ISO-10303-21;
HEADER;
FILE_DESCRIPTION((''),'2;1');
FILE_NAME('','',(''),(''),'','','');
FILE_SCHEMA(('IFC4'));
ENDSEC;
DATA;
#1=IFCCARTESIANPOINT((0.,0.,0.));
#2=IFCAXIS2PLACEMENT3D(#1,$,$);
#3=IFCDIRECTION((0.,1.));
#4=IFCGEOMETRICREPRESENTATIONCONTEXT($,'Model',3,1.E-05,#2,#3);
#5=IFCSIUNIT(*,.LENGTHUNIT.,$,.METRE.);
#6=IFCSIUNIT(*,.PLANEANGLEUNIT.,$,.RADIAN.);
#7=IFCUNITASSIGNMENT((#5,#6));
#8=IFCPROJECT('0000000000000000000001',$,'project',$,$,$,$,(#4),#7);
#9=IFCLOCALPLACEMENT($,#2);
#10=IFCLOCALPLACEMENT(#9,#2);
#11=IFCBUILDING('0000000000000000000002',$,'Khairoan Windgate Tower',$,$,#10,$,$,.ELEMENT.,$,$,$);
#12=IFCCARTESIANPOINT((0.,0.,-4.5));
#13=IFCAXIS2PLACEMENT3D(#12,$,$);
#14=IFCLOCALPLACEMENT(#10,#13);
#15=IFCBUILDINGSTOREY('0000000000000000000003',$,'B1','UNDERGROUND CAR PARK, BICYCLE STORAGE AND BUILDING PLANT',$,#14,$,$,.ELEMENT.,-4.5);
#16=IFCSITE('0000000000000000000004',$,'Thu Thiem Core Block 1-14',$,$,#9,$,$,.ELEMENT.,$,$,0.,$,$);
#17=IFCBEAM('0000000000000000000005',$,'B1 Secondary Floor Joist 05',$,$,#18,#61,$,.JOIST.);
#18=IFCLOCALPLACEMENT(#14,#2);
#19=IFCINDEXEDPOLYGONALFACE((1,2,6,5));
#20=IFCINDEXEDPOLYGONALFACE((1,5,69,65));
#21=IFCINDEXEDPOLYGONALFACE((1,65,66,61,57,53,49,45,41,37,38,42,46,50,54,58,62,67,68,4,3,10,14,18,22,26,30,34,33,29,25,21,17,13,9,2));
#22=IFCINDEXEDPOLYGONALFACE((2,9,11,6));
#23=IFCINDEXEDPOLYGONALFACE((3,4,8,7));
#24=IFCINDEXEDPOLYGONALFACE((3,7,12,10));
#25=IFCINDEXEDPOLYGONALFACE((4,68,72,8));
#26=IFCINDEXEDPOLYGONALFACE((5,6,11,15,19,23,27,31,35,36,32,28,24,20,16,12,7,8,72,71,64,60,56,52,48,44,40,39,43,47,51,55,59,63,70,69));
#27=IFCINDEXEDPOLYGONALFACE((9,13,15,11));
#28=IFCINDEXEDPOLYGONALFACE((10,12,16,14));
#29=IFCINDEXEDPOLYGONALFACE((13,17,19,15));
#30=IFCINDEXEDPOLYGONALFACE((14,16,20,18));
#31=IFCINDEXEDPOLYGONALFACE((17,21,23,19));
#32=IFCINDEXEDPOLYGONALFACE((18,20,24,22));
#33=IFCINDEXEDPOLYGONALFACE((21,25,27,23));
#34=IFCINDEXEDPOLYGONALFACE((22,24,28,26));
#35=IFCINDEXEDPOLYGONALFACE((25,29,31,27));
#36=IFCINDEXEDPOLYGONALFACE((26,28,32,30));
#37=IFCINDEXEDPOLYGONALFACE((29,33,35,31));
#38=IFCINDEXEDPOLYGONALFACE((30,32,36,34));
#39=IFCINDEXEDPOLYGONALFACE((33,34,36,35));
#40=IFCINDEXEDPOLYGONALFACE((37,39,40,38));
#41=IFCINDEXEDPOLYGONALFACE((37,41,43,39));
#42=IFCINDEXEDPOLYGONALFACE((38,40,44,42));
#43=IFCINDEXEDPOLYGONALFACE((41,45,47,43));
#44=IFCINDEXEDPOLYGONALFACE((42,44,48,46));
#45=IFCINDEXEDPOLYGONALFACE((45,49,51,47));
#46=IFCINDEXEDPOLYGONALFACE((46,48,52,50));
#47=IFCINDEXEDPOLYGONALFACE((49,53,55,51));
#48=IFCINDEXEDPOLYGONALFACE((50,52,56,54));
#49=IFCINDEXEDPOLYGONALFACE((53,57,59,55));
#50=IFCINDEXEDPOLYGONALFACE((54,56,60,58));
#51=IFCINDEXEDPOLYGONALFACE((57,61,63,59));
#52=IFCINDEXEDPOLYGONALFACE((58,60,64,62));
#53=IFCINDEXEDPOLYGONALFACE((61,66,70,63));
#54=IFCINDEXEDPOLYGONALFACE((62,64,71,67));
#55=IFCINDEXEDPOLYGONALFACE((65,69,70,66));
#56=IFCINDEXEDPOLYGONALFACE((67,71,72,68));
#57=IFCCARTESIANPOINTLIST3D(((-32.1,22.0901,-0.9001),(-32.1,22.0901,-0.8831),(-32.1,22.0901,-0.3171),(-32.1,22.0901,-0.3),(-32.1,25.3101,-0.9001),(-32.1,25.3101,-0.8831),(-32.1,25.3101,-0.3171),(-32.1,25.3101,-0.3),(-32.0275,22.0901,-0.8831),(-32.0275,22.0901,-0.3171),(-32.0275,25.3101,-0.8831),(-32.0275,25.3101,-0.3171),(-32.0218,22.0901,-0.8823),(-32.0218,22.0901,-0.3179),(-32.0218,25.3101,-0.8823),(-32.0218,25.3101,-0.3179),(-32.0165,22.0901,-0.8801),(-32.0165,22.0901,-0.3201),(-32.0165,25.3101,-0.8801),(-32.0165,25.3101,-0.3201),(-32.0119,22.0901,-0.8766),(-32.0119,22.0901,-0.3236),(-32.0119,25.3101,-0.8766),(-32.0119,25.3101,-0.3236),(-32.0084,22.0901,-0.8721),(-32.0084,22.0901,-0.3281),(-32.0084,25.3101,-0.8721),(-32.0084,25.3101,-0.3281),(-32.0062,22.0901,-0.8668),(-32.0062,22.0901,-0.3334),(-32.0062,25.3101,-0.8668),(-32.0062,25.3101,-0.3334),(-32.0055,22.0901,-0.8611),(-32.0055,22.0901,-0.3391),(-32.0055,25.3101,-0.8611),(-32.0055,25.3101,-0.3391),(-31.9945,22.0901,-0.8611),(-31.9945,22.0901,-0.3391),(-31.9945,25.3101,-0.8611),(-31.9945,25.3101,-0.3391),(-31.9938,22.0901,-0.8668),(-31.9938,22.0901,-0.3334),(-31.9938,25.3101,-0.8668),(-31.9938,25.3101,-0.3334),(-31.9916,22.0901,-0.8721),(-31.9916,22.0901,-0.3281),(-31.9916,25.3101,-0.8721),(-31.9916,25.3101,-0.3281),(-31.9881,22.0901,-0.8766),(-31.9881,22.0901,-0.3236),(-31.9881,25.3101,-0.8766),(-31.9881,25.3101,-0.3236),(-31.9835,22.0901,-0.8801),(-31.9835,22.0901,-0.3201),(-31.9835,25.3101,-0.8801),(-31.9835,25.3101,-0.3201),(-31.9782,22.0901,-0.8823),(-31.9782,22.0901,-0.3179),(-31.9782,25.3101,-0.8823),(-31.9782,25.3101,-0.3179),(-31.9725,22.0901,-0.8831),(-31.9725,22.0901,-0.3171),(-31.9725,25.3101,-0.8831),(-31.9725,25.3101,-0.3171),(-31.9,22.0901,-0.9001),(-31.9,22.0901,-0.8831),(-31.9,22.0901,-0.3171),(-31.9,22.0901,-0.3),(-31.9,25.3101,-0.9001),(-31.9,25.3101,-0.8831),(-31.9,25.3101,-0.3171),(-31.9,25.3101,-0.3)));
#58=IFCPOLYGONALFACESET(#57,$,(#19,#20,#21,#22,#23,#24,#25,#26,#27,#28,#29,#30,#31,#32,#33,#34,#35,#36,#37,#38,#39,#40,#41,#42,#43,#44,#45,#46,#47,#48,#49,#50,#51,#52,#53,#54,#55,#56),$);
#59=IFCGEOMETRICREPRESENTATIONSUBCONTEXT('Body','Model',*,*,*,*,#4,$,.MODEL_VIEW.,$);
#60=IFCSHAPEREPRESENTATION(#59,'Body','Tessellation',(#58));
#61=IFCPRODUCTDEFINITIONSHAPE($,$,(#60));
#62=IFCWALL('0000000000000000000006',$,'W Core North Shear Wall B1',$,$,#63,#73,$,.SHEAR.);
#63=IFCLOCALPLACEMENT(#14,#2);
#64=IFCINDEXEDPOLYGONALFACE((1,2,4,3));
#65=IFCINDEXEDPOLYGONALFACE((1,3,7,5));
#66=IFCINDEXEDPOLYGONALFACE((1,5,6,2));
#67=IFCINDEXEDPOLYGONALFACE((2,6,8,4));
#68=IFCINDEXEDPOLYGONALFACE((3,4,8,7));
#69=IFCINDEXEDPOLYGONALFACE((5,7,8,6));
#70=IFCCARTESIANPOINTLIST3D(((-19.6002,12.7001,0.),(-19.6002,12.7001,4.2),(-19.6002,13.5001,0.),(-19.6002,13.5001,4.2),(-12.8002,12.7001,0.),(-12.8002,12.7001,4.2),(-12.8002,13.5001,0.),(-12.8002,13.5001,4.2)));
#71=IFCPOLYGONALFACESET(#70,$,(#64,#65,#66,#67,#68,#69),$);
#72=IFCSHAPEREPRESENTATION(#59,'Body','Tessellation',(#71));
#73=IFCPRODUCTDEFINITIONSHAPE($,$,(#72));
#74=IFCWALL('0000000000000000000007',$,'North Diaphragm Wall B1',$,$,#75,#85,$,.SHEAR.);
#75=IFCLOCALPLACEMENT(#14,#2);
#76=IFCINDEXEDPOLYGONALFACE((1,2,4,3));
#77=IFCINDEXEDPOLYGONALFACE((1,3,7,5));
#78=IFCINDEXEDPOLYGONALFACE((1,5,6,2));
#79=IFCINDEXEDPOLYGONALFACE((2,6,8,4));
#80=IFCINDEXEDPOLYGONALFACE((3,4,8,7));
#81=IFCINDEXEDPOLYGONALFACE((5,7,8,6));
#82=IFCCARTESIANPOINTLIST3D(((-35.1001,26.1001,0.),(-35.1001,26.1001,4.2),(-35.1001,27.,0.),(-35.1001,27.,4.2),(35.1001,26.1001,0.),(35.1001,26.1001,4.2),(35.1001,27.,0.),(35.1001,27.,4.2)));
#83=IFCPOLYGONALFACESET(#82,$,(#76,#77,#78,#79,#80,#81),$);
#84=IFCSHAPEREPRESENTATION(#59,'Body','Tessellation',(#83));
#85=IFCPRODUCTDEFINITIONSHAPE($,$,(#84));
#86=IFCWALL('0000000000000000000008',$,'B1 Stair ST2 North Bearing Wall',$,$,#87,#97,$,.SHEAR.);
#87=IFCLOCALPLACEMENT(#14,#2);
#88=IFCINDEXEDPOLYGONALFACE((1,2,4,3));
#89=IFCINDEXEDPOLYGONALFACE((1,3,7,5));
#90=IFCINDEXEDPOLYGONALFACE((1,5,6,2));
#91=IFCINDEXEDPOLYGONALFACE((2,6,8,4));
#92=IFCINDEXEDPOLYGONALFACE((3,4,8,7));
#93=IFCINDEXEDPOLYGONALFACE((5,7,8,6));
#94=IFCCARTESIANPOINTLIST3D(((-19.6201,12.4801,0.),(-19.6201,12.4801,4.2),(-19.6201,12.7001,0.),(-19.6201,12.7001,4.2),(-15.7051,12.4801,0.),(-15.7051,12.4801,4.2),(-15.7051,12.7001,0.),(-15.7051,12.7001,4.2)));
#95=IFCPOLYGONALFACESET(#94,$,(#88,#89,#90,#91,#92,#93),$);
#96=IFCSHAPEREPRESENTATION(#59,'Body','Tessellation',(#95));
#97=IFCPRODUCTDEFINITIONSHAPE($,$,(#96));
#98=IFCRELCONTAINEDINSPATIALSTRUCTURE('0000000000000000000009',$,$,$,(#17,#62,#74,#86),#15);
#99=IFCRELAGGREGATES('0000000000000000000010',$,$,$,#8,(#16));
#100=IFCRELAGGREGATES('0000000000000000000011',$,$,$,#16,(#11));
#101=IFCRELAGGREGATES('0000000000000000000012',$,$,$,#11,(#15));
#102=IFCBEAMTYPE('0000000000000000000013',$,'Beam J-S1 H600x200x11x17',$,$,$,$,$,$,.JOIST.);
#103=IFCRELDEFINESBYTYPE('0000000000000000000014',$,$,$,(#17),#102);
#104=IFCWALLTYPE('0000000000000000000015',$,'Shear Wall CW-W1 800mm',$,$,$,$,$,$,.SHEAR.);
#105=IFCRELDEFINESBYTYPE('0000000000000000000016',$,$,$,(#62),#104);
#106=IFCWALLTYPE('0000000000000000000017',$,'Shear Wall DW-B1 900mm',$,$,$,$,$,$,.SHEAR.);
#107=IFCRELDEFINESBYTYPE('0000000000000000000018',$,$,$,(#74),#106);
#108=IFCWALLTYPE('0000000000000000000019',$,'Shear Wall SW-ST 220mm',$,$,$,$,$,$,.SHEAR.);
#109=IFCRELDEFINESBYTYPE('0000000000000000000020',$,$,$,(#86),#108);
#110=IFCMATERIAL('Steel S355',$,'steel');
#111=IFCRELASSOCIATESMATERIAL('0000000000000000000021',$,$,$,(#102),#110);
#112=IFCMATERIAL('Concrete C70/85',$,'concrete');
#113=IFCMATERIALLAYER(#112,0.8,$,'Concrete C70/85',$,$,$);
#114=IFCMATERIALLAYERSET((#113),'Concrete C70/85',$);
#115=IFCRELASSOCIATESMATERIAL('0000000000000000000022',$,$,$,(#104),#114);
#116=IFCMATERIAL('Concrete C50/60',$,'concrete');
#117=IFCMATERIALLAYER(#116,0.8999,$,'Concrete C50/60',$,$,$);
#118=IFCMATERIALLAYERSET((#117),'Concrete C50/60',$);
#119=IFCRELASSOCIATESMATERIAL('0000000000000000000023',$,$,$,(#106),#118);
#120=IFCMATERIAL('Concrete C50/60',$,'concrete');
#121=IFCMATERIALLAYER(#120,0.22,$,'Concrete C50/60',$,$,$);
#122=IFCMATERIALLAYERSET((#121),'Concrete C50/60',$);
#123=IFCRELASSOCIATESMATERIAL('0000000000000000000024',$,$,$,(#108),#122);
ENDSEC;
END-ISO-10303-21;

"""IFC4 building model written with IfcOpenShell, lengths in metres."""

from ifc_helpers import new_model, si_unit, direction, frame, frame_2d, origin, origin_2d, place, context, subcontext, project, spatial, rectangle, i_section, extrude, material, layer, layer_set, material_profile, profile_set, type_object, element, save


model = new_model("IFC4")

# Units and contexts
model_context = context("Model", 3, precision=1e-05, world=origin(), true_north=direction((0.0, 1.0)))
body_context = subcontext(model_context, "Body", "Model", "MODEL_VIEW")
ifc_project = project(units=[si_unit("LENGTHUNIT", "METRE"), si_unit("PLANEANGLEUNIT", "RADIAN")], contexts=[model_context])

# Site, building, storey
site_placement = place(None, origin())
site = spatial("IfcSite", under=ifc_project, at=site_placement, Name="Thu Thiem Core Block 1-14", CompositionType="ELEMENT", RefElevation=0.0)
building_placement = place(site_placement, origin())
building = spatial("IfcBuilding", under=site, at=building_placement, Name="Khairoan Windgate Tower", CompositionType="ELEMENT")
storey_placement = place(building_placement, frame((0.0, 0.0, -4.5)))
storey = spatial("IfcBuildingStorey", under=building, at=storey_placement, Name="B1", Description="UNDERGROUND CAR PARK, BICYCLE STORAGE AND BUILDING PLANT", CompositionType="ELEMENT", Elevation=-4.5)

# Beam
ifc_material_1 = material(Name="Steel S355", Category="steel")
ifc_material_profile_1 = material_profile(ifc_material_1, i_section(OverallWidth=0.2, OverallDepth=0.6001, WebThickness=0.011, FlangeThickness=0.0171, FilletRadius=0.022, at=origin_2d()))
ifc_profile_set_1 = profile_set([ifc_material_profile_1], Name="Steel S355")
beam_type_1 = type_object("IfcBeamType", Name="Beam J-S1 H600x200x11x17", PredefinedType="JOIST", material=ifc_profile_set_1)
beam_1_placement = place(storey_placement, frame((-32.0, 22.0901, -0.6001), z_axis=(0.0, 1.0, 0.0), x_axis=(-1.0, 0.0, 0.0)))
element("IfcBeam", 1, at=beam_1_placement, inside=storey, type_object=beam_type_1, Name="B1 Secondary Floor Joist 05", PredefinedType="JOIST", context=body_context, shape_type="SweptSolid", body=[
    extrude(i_section(OverallWidth=0.2, OverallDepth=0.6001, WebThickness=0.011, FlangeThickness=0.0171, FilletRadius=0.022, at=origin_2d()), origin(), (0.0, 0.0, 1.0), 3.22),
])

# Walls
ifc_material_2 = material(Name="Concrete C70/85", Category="concrete")
ifc_layer_1 = layer(ifc_material_2, 0.8, Name="Concrete C70/85")
ifc_layer_set_1 = layer_set([ifc_layer_1], Name="Concrete C70/85")
wall_type_1 = type_object("IfcWallType", Name="Shear Wall CW-W1 800mm", PredefinedType="SHEAR", material=ifc_layer_set_1)
wall_1_placement = place(storey_placement, frame((-19.6001, 13.1001, 0.0), z_axis=(0.0, 0.0, 1.0), x_axis=(1.0, 0.0, 0.0)))
element("IfcWall", 2, at=wall_1_placement, inside=storey, type_object=wall_type_1, Name="W Core North Shear Wall B1", PredefinedType="SHEAR", context=body_context, shape_type="SweptSolid", body=[
    extrude(rectangle(XDim=6.8, YDim=0.8, at=frame_2d((3.3999, 0.0))), origin(), (0.0, 0.0, 1.0), 4.2),
])
ifc_material_3 = material(Name="Concrete C50/60", Category="concrete")
ifc_layer_2 = layer(ifc_material_3, 0.8999, Name="Concrete C50/60")
ifc_layer_set_2 = layer_set([ifc_layer_2], Name="Concrete C50/60")
wall_type_2 = type_object("IfcWallType", Name="Shear Wall DW-B1 900mm", PredefinedType="SHEAR", material=ifc_layer_set_2)
wall_2_placement = place(storey_placement, frame((-35.1001, 26.55, 0.0), z_axis=(0.0, 0.0, 1.0), x_axis=(1.0, 0.0, 0.0)))
element("IfcWall", 3, at=wall_2_placement, inside=storey, type_object=wall_type_2, Name="North Diaphragm Wall B1", PredefinedType="SHEAR", context=body_context, shape_type="SweptSolid", body=[
    extrude(rectangle(XDim=70.2002, YDim=0.8999, at=frame_2d((35.1001, 0.0))), origin(), (0.0, 0.0, 1.0), 4.2),
])
ifc_material_4 = material(Name="Concrete C50/60", Category="concrete")
ifc_layer_3 = layer(ifc_material_4, 0.22, Name="Concrete C50/60")
ifc_layer_set_3 = layer_set([ifc_layer_3], Name="Concrete C50/60")
wall_type_3 = type_object("IfcWallType", Name="Shear Wall SW-ST 220mm", PredefinedType="SHEAR", material=ifc_layer_set_3)
wall_3_placement = place(storey_placement, frame((-19.6201, 12.5901, 0.0), z_axis=(0.0, 0.0, 1.0), x_axis=(1.0, 0.0, 0.0)))
element("IfcWall", 4, at=wall_3_placement, inside=storey, type_object=wall_type_3, Name="B1 Stair ST2 North Bearing Wall", PredefinedType="SHEAR", context=body_context, shape_type="SweptSolid", body=[
    extrude(rectangle(XDim=3.915, YDim=0.22, at=frame_2d((1.9575, 0.0))), origin(), (0.0, 0.0, 1.0), 4.2),
])

save(model, "model.ifc")
